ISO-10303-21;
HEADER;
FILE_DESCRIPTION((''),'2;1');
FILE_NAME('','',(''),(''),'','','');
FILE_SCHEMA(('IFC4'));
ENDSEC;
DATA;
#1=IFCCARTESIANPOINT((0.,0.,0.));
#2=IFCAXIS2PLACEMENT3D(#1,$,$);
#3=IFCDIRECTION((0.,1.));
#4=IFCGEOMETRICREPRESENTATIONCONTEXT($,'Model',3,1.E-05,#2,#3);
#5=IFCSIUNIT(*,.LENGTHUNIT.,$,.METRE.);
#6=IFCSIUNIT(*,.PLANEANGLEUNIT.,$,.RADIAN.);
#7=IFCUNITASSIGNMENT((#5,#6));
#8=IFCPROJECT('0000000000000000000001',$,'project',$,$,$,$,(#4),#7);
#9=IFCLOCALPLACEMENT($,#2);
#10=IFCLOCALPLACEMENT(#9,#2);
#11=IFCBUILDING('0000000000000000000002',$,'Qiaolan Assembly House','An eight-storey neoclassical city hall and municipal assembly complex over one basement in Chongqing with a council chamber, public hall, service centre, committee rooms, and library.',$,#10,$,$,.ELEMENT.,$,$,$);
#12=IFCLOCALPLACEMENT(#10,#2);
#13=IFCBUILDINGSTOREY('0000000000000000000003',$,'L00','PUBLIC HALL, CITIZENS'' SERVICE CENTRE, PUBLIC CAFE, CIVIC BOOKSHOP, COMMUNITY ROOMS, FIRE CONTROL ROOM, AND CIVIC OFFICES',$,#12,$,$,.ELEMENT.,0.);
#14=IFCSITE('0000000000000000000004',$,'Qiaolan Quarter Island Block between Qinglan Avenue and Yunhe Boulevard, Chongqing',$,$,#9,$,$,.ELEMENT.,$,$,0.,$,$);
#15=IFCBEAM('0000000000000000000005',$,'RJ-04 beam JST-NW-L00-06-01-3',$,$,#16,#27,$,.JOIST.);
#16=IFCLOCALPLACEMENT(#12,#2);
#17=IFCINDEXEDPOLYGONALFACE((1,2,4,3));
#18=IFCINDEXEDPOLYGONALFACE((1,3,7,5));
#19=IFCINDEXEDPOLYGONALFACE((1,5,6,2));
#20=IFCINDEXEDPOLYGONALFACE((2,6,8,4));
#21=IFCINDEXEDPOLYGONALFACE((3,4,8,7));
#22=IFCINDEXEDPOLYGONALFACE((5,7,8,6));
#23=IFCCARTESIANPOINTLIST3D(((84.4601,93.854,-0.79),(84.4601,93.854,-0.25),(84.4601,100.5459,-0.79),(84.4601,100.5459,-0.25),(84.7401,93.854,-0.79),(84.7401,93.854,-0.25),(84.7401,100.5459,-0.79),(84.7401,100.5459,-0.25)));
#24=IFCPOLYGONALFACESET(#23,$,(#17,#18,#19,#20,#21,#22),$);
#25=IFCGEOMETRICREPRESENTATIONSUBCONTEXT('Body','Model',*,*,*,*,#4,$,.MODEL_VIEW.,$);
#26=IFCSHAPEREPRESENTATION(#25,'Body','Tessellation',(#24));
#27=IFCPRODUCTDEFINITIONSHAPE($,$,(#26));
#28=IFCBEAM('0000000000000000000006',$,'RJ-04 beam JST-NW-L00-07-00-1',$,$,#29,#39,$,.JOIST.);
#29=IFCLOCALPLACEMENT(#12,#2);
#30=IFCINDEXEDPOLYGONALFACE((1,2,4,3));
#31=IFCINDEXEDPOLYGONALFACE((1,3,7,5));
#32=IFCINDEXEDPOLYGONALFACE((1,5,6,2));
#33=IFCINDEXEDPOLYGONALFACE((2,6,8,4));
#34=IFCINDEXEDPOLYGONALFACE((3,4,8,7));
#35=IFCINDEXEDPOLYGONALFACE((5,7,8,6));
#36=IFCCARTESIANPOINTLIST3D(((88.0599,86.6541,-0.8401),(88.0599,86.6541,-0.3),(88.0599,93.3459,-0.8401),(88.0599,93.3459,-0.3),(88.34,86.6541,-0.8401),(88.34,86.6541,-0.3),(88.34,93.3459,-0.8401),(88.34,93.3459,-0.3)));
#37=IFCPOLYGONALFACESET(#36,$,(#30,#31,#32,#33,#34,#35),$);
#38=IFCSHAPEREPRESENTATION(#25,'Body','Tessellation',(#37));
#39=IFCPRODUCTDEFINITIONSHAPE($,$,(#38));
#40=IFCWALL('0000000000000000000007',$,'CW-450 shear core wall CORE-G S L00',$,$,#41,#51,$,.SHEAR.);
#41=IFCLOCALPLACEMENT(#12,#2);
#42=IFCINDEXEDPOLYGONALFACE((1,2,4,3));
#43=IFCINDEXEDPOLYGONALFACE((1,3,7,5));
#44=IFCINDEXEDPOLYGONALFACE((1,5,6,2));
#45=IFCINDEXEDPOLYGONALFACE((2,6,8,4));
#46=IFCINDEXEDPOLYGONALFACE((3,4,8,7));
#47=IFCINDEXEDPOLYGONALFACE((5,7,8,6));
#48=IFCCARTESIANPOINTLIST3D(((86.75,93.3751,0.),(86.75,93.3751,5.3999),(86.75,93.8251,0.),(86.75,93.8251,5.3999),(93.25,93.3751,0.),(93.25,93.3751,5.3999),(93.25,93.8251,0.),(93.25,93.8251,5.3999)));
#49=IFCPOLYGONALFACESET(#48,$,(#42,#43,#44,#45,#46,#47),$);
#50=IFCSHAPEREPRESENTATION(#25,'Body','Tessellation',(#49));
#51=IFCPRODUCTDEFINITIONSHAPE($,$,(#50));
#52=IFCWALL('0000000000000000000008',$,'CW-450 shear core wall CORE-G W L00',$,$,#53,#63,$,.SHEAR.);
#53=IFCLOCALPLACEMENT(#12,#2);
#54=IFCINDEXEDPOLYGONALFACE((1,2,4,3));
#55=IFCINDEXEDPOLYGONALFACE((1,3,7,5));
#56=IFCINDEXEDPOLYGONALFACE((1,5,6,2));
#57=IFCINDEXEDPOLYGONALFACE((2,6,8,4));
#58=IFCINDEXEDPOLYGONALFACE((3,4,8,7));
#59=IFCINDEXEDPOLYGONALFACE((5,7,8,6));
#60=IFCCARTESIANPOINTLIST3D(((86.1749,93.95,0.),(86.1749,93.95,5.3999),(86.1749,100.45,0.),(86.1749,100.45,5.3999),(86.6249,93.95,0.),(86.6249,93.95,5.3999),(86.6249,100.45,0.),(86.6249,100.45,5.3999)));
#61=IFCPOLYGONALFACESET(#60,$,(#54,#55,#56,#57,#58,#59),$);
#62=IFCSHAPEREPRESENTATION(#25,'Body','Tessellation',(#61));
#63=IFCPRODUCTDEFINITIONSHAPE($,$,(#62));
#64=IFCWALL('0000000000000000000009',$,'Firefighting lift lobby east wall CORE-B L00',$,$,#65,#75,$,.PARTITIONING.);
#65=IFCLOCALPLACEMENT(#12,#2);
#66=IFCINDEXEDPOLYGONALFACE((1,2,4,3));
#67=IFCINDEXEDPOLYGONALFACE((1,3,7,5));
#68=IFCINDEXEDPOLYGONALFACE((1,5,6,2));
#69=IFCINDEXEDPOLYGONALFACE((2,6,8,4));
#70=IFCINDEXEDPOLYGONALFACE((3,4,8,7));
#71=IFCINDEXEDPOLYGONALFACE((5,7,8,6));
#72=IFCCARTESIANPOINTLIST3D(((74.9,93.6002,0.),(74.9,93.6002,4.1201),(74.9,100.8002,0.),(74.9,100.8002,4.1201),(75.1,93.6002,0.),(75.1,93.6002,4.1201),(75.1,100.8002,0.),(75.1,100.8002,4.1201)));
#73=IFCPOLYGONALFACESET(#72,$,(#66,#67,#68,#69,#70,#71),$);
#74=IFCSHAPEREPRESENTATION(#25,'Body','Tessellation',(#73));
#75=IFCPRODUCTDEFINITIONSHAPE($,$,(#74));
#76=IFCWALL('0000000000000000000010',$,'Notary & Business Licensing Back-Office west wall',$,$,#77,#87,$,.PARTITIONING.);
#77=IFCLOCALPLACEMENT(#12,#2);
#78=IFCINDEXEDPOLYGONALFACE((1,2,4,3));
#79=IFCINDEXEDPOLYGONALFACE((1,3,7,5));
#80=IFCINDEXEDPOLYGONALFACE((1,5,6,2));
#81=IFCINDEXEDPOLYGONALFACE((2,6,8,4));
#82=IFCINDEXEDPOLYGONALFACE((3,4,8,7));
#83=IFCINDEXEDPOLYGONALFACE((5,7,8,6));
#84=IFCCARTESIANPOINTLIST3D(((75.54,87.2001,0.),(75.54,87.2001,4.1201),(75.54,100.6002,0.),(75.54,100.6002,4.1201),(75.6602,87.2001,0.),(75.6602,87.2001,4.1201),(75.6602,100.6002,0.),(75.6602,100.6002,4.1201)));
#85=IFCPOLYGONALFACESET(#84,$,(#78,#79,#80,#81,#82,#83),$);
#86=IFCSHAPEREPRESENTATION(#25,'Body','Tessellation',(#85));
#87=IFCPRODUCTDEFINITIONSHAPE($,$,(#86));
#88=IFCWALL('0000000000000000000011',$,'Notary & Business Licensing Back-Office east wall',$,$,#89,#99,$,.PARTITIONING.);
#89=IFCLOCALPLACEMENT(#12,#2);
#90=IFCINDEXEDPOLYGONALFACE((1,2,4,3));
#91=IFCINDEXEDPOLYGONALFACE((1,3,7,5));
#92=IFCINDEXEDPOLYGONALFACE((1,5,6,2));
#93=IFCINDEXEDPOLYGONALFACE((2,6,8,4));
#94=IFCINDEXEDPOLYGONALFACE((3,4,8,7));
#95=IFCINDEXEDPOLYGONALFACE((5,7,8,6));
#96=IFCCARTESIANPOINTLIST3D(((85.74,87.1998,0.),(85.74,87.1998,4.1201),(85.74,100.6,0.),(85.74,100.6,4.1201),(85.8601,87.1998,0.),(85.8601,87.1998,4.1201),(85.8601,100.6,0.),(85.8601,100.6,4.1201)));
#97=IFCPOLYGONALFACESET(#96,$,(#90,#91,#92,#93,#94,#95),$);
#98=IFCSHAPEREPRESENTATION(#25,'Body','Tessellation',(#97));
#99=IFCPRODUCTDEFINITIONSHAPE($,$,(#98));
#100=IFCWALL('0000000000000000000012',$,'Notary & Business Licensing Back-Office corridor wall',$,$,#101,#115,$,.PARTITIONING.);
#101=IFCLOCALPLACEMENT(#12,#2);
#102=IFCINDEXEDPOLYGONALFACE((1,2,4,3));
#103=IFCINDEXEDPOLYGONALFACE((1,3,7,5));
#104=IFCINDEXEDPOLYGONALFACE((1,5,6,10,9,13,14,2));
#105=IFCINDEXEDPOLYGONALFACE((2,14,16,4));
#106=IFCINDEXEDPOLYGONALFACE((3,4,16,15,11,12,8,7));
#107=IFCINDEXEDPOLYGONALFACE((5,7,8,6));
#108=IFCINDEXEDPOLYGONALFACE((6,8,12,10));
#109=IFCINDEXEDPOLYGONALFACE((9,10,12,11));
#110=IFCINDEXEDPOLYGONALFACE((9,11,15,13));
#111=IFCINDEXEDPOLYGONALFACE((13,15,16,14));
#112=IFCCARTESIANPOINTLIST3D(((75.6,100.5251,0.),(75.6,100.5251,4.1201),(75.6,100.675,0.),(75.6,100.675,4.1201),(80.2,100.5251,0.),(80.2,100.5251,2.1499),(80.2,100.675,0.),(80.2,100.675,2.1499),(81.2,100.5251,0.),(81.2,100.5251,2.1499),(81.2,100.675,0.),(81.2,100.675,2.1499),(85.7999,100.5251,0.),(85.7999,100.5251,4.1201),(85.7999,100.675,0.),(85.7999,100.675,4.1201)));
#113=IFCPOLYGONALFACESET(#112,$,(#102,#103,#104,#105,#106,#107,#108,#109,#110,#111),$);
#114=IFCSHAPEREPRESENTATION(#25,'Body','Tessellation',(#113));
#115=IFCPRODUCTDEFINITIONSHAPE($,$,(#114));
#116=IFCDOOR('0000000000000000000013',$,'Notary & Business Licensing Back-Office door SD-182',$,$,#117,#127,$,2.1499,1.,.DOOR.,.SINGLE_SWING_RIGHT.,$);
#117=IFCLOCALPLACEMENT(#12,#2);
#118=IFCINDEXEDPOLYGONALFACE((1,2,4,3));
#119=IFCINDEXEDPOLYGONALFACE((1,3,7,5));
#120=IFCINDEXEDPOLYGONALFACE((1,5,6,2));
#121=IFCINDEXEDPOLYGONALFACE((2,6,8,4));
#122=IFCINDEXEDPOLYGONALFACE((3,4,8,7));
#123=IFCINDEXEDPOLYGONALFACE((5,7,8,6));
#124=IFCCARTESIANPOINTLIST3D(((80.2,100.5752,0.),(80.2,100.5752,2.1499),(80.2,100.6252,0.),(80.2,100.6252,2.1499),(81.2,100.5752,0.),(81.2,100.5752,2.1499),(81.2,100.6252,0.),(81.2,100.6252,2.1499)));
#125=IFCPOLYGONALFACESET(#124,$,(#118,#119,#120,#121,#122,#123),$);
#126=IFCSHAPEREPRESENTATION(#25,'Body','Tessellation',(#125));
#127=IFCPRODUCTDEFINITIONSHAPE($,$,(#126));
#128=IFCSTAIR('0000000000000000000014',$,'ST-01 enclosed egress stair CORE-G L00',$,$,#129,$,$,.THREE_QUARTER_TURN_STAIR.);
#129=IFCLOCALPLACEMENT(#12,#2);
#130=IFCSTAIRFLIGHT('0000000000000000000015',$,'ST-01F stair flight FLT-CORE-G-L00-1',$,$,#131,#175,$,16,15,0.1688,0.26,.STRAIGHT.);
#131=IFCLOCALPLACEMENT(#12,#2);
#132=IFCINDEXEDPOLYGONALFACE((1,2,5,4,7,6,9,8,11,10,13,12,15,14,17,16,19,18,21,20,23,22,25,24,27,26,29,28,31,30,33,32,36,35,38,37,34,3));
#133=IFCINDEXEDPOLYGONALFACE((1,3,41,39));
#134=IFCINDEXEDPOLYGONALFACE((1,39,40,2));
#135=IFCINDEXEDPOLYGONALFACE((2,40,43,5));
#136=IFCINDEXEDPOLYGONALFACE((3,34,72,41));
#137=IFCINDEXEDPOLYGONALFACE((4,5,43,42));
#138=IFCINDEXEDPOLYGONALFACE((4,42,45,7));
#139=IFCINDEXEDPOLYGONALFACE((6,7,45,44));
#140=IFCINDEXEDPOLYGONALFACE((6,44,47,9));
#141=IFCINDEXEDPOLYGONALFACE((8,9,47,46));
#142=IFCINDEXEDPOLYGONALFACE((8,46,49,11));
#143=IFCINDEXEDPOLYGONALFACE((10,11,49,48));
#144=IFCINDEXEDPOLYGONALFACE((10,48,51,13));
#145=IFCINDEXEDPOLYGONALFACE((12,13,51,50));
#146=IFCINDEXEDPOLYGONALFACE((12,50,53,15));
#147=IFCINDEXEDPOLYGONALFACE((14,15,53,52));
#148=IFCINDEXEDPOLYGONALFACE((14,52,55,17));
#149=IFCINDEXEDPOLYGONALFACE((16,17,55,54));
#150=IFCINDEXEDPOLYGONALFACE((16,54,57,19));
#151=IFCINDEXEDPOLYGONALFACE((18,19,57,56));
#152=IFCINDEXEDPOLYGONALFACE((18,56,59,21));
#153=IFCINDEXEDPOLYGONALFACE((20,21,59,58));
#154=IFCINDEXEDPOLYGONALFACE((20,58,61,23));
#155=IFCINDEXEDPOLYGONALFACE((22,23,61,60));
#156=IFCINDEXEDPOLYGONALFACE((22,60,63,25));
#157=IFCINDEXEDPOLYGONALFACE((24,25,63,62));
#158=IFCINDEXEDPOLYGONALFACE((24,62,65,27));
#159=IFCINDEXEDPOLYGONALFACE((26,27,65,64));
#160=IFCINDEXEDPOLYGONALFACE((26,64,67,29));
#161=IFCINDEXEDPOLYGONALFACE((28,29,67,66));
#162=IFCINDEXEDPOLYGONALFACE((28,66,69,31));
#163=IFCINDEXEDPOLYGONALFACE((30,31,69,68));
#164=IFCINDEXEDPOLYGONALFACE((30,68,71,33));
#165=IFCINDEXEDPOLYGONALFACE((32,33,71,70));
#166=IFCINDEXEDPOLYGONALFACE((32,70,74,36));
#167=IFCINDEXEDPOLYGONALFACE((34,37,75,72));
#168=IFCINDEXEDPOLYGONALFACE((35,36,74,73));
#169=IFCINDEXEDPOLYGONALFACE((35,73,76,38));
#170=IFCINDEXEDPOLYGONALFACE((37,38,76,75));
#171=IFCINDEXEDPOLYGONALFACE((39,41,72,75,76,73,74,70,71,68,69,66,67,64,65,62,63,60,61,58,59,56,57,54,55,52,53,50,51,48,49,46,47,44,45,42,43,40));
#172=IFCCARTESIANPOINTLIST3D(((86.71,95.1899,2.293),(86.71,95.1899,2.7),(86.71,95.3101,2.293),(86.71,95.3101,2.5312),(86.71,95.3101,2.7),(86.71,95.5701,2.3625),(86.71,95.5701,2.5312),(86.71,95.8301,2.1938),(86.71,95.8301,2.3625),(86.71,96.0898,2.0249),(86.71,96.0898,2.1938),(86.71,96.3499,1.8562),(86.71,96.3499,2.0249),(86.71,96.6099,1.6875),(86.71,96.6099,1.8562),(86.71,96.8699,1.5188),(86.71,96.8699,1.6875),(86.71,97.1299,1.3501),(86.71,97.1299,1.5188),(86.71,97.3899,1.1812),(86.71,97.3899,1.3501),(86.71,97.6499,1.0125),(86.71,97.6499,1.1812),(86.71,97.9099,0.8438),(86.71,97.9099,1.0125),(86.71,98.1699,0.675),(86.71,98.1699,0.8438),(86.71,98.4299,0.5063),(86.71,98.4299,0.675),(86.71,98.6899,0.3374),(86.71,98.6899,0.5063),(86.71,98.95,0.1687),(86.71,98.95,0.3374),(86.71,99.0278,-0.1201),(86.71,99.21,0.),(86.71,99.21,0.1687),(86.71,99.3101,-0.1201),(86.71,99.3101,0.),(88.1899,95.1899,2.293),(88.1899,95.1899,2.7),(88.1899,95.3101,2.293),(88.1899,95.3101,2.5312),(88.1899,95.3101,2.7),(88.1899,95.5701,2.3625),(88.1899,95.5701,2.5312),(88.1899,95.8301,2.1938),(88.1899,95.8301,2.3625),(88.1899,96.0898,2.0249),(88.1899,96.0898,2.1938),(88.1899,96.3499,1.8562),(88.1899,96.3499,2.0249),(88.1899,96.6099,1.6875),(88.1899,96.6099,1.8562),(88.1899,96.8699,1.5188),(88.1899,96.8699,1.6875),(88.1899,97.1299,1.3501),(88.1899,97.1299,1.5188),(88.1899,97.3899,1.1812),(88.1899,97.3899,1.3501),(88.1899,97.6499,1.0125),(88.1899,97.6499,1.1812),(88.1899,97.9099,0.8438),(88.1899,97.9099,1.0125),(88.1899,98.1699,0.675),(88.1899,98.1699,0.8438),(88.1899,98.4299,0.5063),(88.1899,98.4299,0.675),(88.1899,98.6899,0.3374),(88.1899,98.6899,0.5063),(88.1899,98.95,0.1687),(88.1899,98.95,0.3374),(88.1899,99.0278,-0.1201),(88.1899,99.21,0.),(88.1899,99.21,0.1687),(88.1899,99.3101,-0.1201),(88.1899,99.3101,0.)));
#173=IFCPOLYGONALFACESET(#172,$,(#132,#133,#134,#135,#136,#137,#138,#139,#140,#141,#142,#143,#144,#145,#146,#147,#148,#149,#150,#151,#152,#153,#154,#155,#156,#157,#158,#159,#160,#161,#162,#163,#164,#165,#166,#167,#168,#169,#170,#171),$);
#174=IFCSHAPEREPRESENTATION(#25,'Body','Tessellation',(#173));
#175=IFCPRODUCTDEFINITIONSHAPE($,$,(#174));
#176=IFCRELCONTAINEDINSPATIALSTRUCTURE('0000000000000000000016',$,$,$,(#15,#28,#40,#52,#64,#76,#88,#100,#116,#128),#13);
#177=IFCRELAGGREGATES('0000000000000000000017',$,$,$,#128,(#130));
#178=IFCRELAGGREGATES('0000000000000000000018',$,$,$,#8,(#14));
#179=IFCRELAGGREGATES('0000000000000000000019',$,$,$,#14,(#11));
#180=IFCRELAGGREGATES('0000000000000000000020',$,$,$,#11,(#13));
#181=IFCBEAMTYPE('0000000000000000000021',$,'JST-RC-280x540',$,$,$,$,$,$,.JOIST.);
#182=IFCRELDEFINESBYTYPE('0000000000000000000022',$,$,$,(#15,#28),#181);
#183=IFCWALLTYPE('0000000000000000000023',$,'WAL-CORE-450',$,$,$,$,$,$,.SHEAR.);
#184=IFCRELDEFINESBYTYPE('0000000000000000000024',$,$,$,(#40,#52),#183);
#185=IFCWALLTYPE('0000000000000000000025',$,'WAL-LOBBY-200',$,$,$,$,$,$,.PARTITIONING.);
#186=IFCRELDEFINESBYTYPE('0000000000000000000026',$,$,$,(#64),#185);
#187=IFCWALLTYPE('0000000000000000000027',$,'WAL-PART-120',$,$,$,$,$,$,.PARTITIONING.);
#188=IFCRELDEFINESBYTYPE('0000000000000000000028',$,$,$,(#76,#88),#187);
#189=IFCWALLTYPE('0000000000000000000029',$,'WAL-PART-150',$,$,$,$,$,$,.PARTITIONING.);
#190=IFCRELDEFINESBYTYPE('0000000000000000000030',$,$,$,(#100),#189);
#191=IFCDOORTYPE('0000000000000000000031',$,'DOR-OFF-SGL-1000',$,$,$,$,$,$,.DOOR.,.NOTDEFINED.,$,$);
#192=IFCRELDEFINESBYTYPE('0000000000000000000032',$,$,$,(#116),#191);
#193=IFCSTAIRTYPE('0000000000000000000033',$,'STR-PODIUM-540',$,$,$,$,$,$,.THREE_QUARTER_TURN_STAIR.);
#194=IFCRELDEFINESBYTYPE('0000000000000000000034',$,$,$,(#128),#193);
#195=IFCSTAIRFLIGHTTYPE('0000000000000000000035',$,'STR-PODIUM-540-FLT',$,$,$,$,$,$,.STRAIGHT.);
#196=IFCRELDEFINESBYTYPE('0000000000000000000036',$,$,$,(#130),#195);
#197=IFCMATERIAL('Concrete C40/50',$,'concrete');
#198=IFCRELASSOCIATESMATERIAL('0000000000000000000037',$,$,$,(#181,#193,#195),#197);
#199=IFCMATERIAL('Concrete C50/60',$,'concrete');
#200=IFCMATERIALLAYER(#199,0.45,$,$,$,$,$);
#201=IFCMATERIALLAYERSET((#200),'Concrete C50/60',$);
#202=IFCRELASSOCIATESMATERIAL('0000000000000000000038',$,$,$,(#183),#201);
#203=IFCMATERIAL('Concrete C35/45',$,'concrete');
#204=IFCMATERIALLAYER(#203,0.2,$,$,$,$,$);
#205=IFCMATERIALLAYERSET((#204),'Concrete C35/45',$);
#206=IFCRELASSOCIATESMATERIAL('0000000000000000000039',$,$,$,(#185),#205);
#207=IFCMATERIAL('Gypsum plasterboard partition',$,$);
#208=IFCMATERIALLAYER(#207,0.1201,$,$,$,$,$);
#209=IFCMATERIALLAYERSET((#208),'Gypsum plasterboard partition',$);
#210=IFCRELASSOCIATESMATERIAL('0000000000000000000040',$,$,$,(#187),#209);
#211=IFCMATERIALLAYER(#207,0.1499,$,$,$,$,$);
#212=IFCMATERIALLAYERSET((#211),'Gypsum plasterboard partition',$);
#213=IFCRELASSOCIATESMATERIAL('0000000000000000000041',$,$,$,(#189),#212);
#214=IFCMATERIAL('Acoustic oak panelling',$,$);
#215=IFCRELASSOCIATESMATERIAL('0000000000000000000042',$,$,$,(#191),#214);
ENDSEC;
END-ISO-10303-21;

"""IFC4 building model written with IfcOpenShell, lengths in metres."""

from ifc_helpers import new_model, si_unit, direction, frame, frame_2d, origin, origin_2d, place, context, subcontext, project, spatial, polyline, rectangle, outline, extrude, material, layer, layer_set, material_profile, profile_set, type_object, element, fill, aggregate, save


model = new_model("IFC4")

# Units and contexts
model_context = context("Model", 3, precision=1e-05, world=origin(), true_north=direction((0.0, 1.0)))
body_context = subcontext(model_context, "Body", "Model", "MODEL_VIEW")
ifc_project = project(units=[si_unit("LENGTHUNIT", "METRE"), si_unit("PLANEANGLEUNIT", "RADIAN")], contexts=[model_context])

# Site, building, storey
site_placement = place(None, origin())
site = spatial("IfcSite", under=ifc_project, at=site_placement, Name="Qiaolan Quarter Island Block between Qinglan Avenue and Yunhe Boulevard, Chongqing", CompositionType="ELEMENT", RefElevation=0.0)
building_placement = place(site_placement, origin())
building = spatial("IfcBuilding", under=site, at=building_placement, Name="Qiaolan Assembly House", Description="An eight-storey neoclassical city hall and municipal assembly complex over one basement in Chongqing with a council chamber, public hall, service centre, committee rooms, and library.", CompositionType="ELEMENT")
storey_placement = place(building_placement, origin())
storey = spatial("IfcBuildingStorey", under=building, at=storey_placement, Name="L00", Description="PUBLIC HALL, CITIZENS' SERVICE CENTRE, PUBLIC CAFE, CIVIC BOOKSHOP, COMMUNITY ROOMS, FIRE CONTROL ROOM, AND CIVIC OFFICES", CompositionType="ELEMENT", Elevation=0.0)

# Shared definitions
ifc_material_1 = material(Name="Concrete C50/60", Category="concrete")

# Beams
ifc_material_2 = material(Name="Concrete C40/50", Category="concrete")
ifc_material_profile_1 = material_profile(ifc_material_2, rectangle(XDim=0.28, YDim=0.54, at=origin_2d()), Name="RCB 280x540")
ifc_profile_set_1 = profile_set([ifc_material_profile_1], Name="Concrete C40/50")
beam_type_1 = type_object("IfcBeamType", Name="JST-RC-280x540", PredefinedType="JOIST", material=ifc_profile_set_1)
for number, where, z_axis, x_axis, name in (
    (1, (84.6001, 93.854, -0.52), (0.0, 1.0, 0.0), (-1.0, 0.0, 0.0), "RJ-04 beam JST-NW-L00-06-01-3"),
    (2, (88.2, 86.6541, -0.5701), (0.0, 1.0, 0.0), (-1.0, 0.0, 0.0), "RJ-04 beam JST-NW-L00-07-00-1"),
):
    element("IfcBeam", number, at=place(storey_placement, frame(where, z_axis=z_axis, x_axis=x_axis)), inside=storey, type_object=beam_type_1, Name=name, PredefinedType="JOIST", context=body_context, shape_type="SweptSolid", body=[
        extrude(rectangle(XDim=0.28, YDim=0.54, at=origin_2d()), origin(), (0.0, 0.0, 1.0), 6.6919),
    ])

# Walls
ifc_layer_1 = layer(ifc_material_1, 0.45)
ifc_layer_set_1 = layer_set([ifc_layer_1], Name="Concrete C50/60")
wall_type_1 = type_object("IfcWallType", Name="WAL-CORE-450", PredefinedType="SHEAR", material=ifc_layer_set_1)
for number, where, z_axis, x_axis, name in (
    (3, (86.75, 93.6001, 0.0), (0.0, 0.0, 1.0), (1.0, 0.0, 0.0), "CW-450 shear core wall CORE-G S L00"),
    (4, (86.3999, 100.45, 0.0), (0.0, 0.0, 1.0), (0.0, -1.0, 0.0), "CW-450 shear core wall CORE-G W L00"),
):
    element("IfcWall", number, at=place(storey_placement, frame(where, z_axis=z_axis, x_axis=x_axis)), inside=storey, type_object=wall_type_1, Name=name, PredefinedType="SHEAR", context=body_context, shape_type="SweptSolid", body=[
        extrude(rectangle(XDim=6.5, YDim=0.45, at=frame_2d((3.25, 0.0))), origin(), (0.0, 0.0, 1.0), 5.3999),
    ])
ifc_material_3 = material(Name="Concrete C35/45", Category="concrete")
ifc_layer_2 = layer(ifc_material_3, 0.2)
ifc_layer_set_2 = layer_set([ifc_layer_2], Name="Concrete C35/45")
wall_type_2 = type_object("IfcWallType", Name="WAL-LOBBY-200", PredefinedType="PARTITIONING", material=ifc_layer_set_2)
wall_1_placement = place(storey_placement, frame((75.0, 93.6001, 0.0), z_axis=(0.0, 0.0, 1.0), x_axis=(0.0, 1.0, 0.0)))
element("IfcWall", 5, at=wall_1_placement, inside=storey, type_object=wall_type_2, Name="Firefighting lift lobby east wall CORE-B L00", PredefinedType="PARTITIONING", context=body_context, shape_type="SweptSolid", body=[
    extrude(rectangle(XDim=7.2, YDim=0.2, at=frame_2d((3.6001, 0.0))), origin(), (0.0, 0.0, 1.0), 4.1201),
])
ifc_material_4 = material(Name="Gypsum plasterboard partition")
ifc_layer_3 = layer(ifc_material_4, 0.1201)
ifc_layer_set_3 = layer_set([ifc_layer_3], Name="Gypsum plasterboard partition")
wall_type_3 = type_object("IfcWallType", Name="WAL-PART-120", PredefinedType="PARTITIONING", material=ifc_layer_set_3)
for number, where, z_axis, x_axis, name in (
    (6, (75.6001, 87.2, 0.0), (0.0, 0.0, 1.0), (0.0, 1.0, 0.0), "Notary & Business Licensing Back-Office west wall"),
    (7, (85.8, 100.6001, 0.0), (0.0, 0.0, 1.0), (0.0, -1.0, 0.0), "Notary & Business Licensing Back-Office east wall"),
):
    element("IfcWall", number, at=place(storey_placement, frame(where, z_axis=z_axis, x_axis=x_axis)), inside=storey, type_object=wall_type_3, Name=name, PredefinedType="PARTITIONING", context=body_context, shape_type="SweptSolid", body=[
        extrude(rectangle(XDim=13.4001, YDim=0.1201, at=frame_2d((6.7002, 0.0))), origin(), (0.0, 0.0, 1.0), 4.1201),
    ])

# Wall, opening, door
ifc_layer_4 = layer(ifc_material_4, 0.1499)
ifc_layer_set_4 = layer_set([ifc_layer_4], Name="Gypsum plasterboard partition")
wall_type_4 = type_object("IfcWallType", Name="WAL-PART-150", PredefinedType="PARTITIONING", material=ifc_layer_set_4)
wall_2_placement = place(storey_placement, frame((85.8, 100.6001, 0.0), z_axis=(0.0, 0.0, 1.0), x_axis=(-1.0, 0.0, 0.0)))
wall_2 = element("IfcWall", 8, at=wall_2_placement, inside=storey, type_object=wall_type_4, Name="Notary & Business Licensing Back-Office corridor wall", PredefinedType="PARTITIONING", context=body_context, shape_type="SweptSolid", body=[
    extrude(rectangle(XDim=10.2, YDim=0.1499, at=frame_2d((5.1001, 0.0))), origin(), (0.0, 0.0, 1.0), 4.1201),
])
opening_placement = place(wall_2_placement, frame((4.6001, 0.0, 0.0)))
opening = element("IfcOpeningElement", 9, at=opening_placement, cuts=wall_2, PredefinedType="OPENING", context=body_context, shape_type="SweptSolid", body=[
    extrude(rectangle(XDim=1.0, YDim=2.1499, at=frame_2d((0.5, 1.075))), frame((0.0, 0.085, 0.0), z_axis=(0.0, -1.0, 0.0), x_axis=(1.0, 0.0, 0.0)), (0.0, 0.0, 1.0), 0.1699),
])
ifc_material_5 = material(Name="Acoustic oak panelling")
door_type = type_object("IfcDoorType", Name="DOR-OFF-SGL-1000", OperationType="NOTDEFINED", PredefinedType="DOOR", material=ifc_material_5)
door_placement = place(opening_placement, origin())
door = element("IfcDoor", 10, at=door_placement, inside=storey, type_object=door_type, Name="Notary & Business Licensing Back-Office door SD-182", OperationType="SINGLE_SWING_RIGHT", OverallHeight=2.1499, OverallWidth=1.0, PredefinedType="DOOR", context=body_context, shape_type="SweptSolid", body=[
    extrude(rectangle(XDim=1.0, YDim=2.1499, at=frame_2d((0.5, 1.075))), frame((0.0, 0.0249, 0.0), z_axis=(0.0, -1.0, 0.0), x_axis=(1.0, 0.0, 0.0)), (0.0, 0.0, 1.0), 0.05),
])
fill(opening, door)

# Stair, stair flight
stair_type = type_object("IfcStairType", Name="STR-PODIUM-540", PredefinedType="THREE_QUARTER_TURN_STAIR", material=ifc_material_2)
stair_placement = place(storey_placement, origin())
stair = element("IfcStair", 11, at=stair_placement, inside=storey, type_object=stair_type, Name="ST-01 enclosed egress stair CORE-G L00", PredefinedType="THREE_QUARTER_TURN_STAIR")
stair_flight_type = type_object("IfcStairFlightType", Name="STR-PODIUM-540-FLT", PredefinedType="STRAIGHT", material=ifc_material_2)
stair_flight_placement = place(storey_placement, frame((87.45, 99.21, 0.0), z_axis=(0.0, 0.0, 1.0), x_axis=(0.0, -1.0, 0.0)))
stair_flight = element("IfcStairFlight", 12, at=stair_flight_placement, type_object=stair_flight_type, Name="ST-01F stair flight FLT-CORE-G-L00-1", NumberOfRisers=16, NumberOfTreads=15, PredefinedType="STRAIGHT", RiserHeight=0.1688, TreadLength=0.26, context=body_context, shape_type="SweptSolid", body=[
    extrude(outline(polyline([(-0.1001, -0.1201), (-0.1001, 0.0), (0.0, 0.0), (0.0, 0.1687), (0.26, 0.1687), (0.26, 0.3374), (0.52, 0.3374), (0.52, 0.5063), (0.78, 0.5063), (0.78, 0.675), (1.04, 0.675), (1.04, 0.8438), (1.3, 0.8438), (1.3, 1.0125), (1.5601, 1.0125), (1.5601, 1.1812), (1.8201, 1.1812), (1.8201, 1.3501), (2.0801, 1.3501), (2.0801, 1.5188), (2.3401, 1.5188), (2.3401, 1.6875), (2.6001, 1.6875), (2.6001, 1.8562), (2.8601, 1.8562), (2.8601, 2.0249), (3.1201, 2.0249), (3.1201, 2.1938), (3.3799, 2.1938), (3.3799, 2.3625), (3.6399, 2.3625), (3.6399, 2.5312), (3.8999, 2.5312), (3.8999, 2.7), (4.02, 2.7), (4.02, 2.293), (3.8999, 2.293), (0.1821, -0.1201), (-0.1001, -0.1201)])), frame((0.0, 0.74, 0.0), z_axis=(0.0, -1.0, 0.0), x_axis=(1.0, 0.0, 0.0)), (0.0, 0.0, 1.0), 1.48),
])
aggregate(stair, [stair_flight])

save(model, "model.ifc")
